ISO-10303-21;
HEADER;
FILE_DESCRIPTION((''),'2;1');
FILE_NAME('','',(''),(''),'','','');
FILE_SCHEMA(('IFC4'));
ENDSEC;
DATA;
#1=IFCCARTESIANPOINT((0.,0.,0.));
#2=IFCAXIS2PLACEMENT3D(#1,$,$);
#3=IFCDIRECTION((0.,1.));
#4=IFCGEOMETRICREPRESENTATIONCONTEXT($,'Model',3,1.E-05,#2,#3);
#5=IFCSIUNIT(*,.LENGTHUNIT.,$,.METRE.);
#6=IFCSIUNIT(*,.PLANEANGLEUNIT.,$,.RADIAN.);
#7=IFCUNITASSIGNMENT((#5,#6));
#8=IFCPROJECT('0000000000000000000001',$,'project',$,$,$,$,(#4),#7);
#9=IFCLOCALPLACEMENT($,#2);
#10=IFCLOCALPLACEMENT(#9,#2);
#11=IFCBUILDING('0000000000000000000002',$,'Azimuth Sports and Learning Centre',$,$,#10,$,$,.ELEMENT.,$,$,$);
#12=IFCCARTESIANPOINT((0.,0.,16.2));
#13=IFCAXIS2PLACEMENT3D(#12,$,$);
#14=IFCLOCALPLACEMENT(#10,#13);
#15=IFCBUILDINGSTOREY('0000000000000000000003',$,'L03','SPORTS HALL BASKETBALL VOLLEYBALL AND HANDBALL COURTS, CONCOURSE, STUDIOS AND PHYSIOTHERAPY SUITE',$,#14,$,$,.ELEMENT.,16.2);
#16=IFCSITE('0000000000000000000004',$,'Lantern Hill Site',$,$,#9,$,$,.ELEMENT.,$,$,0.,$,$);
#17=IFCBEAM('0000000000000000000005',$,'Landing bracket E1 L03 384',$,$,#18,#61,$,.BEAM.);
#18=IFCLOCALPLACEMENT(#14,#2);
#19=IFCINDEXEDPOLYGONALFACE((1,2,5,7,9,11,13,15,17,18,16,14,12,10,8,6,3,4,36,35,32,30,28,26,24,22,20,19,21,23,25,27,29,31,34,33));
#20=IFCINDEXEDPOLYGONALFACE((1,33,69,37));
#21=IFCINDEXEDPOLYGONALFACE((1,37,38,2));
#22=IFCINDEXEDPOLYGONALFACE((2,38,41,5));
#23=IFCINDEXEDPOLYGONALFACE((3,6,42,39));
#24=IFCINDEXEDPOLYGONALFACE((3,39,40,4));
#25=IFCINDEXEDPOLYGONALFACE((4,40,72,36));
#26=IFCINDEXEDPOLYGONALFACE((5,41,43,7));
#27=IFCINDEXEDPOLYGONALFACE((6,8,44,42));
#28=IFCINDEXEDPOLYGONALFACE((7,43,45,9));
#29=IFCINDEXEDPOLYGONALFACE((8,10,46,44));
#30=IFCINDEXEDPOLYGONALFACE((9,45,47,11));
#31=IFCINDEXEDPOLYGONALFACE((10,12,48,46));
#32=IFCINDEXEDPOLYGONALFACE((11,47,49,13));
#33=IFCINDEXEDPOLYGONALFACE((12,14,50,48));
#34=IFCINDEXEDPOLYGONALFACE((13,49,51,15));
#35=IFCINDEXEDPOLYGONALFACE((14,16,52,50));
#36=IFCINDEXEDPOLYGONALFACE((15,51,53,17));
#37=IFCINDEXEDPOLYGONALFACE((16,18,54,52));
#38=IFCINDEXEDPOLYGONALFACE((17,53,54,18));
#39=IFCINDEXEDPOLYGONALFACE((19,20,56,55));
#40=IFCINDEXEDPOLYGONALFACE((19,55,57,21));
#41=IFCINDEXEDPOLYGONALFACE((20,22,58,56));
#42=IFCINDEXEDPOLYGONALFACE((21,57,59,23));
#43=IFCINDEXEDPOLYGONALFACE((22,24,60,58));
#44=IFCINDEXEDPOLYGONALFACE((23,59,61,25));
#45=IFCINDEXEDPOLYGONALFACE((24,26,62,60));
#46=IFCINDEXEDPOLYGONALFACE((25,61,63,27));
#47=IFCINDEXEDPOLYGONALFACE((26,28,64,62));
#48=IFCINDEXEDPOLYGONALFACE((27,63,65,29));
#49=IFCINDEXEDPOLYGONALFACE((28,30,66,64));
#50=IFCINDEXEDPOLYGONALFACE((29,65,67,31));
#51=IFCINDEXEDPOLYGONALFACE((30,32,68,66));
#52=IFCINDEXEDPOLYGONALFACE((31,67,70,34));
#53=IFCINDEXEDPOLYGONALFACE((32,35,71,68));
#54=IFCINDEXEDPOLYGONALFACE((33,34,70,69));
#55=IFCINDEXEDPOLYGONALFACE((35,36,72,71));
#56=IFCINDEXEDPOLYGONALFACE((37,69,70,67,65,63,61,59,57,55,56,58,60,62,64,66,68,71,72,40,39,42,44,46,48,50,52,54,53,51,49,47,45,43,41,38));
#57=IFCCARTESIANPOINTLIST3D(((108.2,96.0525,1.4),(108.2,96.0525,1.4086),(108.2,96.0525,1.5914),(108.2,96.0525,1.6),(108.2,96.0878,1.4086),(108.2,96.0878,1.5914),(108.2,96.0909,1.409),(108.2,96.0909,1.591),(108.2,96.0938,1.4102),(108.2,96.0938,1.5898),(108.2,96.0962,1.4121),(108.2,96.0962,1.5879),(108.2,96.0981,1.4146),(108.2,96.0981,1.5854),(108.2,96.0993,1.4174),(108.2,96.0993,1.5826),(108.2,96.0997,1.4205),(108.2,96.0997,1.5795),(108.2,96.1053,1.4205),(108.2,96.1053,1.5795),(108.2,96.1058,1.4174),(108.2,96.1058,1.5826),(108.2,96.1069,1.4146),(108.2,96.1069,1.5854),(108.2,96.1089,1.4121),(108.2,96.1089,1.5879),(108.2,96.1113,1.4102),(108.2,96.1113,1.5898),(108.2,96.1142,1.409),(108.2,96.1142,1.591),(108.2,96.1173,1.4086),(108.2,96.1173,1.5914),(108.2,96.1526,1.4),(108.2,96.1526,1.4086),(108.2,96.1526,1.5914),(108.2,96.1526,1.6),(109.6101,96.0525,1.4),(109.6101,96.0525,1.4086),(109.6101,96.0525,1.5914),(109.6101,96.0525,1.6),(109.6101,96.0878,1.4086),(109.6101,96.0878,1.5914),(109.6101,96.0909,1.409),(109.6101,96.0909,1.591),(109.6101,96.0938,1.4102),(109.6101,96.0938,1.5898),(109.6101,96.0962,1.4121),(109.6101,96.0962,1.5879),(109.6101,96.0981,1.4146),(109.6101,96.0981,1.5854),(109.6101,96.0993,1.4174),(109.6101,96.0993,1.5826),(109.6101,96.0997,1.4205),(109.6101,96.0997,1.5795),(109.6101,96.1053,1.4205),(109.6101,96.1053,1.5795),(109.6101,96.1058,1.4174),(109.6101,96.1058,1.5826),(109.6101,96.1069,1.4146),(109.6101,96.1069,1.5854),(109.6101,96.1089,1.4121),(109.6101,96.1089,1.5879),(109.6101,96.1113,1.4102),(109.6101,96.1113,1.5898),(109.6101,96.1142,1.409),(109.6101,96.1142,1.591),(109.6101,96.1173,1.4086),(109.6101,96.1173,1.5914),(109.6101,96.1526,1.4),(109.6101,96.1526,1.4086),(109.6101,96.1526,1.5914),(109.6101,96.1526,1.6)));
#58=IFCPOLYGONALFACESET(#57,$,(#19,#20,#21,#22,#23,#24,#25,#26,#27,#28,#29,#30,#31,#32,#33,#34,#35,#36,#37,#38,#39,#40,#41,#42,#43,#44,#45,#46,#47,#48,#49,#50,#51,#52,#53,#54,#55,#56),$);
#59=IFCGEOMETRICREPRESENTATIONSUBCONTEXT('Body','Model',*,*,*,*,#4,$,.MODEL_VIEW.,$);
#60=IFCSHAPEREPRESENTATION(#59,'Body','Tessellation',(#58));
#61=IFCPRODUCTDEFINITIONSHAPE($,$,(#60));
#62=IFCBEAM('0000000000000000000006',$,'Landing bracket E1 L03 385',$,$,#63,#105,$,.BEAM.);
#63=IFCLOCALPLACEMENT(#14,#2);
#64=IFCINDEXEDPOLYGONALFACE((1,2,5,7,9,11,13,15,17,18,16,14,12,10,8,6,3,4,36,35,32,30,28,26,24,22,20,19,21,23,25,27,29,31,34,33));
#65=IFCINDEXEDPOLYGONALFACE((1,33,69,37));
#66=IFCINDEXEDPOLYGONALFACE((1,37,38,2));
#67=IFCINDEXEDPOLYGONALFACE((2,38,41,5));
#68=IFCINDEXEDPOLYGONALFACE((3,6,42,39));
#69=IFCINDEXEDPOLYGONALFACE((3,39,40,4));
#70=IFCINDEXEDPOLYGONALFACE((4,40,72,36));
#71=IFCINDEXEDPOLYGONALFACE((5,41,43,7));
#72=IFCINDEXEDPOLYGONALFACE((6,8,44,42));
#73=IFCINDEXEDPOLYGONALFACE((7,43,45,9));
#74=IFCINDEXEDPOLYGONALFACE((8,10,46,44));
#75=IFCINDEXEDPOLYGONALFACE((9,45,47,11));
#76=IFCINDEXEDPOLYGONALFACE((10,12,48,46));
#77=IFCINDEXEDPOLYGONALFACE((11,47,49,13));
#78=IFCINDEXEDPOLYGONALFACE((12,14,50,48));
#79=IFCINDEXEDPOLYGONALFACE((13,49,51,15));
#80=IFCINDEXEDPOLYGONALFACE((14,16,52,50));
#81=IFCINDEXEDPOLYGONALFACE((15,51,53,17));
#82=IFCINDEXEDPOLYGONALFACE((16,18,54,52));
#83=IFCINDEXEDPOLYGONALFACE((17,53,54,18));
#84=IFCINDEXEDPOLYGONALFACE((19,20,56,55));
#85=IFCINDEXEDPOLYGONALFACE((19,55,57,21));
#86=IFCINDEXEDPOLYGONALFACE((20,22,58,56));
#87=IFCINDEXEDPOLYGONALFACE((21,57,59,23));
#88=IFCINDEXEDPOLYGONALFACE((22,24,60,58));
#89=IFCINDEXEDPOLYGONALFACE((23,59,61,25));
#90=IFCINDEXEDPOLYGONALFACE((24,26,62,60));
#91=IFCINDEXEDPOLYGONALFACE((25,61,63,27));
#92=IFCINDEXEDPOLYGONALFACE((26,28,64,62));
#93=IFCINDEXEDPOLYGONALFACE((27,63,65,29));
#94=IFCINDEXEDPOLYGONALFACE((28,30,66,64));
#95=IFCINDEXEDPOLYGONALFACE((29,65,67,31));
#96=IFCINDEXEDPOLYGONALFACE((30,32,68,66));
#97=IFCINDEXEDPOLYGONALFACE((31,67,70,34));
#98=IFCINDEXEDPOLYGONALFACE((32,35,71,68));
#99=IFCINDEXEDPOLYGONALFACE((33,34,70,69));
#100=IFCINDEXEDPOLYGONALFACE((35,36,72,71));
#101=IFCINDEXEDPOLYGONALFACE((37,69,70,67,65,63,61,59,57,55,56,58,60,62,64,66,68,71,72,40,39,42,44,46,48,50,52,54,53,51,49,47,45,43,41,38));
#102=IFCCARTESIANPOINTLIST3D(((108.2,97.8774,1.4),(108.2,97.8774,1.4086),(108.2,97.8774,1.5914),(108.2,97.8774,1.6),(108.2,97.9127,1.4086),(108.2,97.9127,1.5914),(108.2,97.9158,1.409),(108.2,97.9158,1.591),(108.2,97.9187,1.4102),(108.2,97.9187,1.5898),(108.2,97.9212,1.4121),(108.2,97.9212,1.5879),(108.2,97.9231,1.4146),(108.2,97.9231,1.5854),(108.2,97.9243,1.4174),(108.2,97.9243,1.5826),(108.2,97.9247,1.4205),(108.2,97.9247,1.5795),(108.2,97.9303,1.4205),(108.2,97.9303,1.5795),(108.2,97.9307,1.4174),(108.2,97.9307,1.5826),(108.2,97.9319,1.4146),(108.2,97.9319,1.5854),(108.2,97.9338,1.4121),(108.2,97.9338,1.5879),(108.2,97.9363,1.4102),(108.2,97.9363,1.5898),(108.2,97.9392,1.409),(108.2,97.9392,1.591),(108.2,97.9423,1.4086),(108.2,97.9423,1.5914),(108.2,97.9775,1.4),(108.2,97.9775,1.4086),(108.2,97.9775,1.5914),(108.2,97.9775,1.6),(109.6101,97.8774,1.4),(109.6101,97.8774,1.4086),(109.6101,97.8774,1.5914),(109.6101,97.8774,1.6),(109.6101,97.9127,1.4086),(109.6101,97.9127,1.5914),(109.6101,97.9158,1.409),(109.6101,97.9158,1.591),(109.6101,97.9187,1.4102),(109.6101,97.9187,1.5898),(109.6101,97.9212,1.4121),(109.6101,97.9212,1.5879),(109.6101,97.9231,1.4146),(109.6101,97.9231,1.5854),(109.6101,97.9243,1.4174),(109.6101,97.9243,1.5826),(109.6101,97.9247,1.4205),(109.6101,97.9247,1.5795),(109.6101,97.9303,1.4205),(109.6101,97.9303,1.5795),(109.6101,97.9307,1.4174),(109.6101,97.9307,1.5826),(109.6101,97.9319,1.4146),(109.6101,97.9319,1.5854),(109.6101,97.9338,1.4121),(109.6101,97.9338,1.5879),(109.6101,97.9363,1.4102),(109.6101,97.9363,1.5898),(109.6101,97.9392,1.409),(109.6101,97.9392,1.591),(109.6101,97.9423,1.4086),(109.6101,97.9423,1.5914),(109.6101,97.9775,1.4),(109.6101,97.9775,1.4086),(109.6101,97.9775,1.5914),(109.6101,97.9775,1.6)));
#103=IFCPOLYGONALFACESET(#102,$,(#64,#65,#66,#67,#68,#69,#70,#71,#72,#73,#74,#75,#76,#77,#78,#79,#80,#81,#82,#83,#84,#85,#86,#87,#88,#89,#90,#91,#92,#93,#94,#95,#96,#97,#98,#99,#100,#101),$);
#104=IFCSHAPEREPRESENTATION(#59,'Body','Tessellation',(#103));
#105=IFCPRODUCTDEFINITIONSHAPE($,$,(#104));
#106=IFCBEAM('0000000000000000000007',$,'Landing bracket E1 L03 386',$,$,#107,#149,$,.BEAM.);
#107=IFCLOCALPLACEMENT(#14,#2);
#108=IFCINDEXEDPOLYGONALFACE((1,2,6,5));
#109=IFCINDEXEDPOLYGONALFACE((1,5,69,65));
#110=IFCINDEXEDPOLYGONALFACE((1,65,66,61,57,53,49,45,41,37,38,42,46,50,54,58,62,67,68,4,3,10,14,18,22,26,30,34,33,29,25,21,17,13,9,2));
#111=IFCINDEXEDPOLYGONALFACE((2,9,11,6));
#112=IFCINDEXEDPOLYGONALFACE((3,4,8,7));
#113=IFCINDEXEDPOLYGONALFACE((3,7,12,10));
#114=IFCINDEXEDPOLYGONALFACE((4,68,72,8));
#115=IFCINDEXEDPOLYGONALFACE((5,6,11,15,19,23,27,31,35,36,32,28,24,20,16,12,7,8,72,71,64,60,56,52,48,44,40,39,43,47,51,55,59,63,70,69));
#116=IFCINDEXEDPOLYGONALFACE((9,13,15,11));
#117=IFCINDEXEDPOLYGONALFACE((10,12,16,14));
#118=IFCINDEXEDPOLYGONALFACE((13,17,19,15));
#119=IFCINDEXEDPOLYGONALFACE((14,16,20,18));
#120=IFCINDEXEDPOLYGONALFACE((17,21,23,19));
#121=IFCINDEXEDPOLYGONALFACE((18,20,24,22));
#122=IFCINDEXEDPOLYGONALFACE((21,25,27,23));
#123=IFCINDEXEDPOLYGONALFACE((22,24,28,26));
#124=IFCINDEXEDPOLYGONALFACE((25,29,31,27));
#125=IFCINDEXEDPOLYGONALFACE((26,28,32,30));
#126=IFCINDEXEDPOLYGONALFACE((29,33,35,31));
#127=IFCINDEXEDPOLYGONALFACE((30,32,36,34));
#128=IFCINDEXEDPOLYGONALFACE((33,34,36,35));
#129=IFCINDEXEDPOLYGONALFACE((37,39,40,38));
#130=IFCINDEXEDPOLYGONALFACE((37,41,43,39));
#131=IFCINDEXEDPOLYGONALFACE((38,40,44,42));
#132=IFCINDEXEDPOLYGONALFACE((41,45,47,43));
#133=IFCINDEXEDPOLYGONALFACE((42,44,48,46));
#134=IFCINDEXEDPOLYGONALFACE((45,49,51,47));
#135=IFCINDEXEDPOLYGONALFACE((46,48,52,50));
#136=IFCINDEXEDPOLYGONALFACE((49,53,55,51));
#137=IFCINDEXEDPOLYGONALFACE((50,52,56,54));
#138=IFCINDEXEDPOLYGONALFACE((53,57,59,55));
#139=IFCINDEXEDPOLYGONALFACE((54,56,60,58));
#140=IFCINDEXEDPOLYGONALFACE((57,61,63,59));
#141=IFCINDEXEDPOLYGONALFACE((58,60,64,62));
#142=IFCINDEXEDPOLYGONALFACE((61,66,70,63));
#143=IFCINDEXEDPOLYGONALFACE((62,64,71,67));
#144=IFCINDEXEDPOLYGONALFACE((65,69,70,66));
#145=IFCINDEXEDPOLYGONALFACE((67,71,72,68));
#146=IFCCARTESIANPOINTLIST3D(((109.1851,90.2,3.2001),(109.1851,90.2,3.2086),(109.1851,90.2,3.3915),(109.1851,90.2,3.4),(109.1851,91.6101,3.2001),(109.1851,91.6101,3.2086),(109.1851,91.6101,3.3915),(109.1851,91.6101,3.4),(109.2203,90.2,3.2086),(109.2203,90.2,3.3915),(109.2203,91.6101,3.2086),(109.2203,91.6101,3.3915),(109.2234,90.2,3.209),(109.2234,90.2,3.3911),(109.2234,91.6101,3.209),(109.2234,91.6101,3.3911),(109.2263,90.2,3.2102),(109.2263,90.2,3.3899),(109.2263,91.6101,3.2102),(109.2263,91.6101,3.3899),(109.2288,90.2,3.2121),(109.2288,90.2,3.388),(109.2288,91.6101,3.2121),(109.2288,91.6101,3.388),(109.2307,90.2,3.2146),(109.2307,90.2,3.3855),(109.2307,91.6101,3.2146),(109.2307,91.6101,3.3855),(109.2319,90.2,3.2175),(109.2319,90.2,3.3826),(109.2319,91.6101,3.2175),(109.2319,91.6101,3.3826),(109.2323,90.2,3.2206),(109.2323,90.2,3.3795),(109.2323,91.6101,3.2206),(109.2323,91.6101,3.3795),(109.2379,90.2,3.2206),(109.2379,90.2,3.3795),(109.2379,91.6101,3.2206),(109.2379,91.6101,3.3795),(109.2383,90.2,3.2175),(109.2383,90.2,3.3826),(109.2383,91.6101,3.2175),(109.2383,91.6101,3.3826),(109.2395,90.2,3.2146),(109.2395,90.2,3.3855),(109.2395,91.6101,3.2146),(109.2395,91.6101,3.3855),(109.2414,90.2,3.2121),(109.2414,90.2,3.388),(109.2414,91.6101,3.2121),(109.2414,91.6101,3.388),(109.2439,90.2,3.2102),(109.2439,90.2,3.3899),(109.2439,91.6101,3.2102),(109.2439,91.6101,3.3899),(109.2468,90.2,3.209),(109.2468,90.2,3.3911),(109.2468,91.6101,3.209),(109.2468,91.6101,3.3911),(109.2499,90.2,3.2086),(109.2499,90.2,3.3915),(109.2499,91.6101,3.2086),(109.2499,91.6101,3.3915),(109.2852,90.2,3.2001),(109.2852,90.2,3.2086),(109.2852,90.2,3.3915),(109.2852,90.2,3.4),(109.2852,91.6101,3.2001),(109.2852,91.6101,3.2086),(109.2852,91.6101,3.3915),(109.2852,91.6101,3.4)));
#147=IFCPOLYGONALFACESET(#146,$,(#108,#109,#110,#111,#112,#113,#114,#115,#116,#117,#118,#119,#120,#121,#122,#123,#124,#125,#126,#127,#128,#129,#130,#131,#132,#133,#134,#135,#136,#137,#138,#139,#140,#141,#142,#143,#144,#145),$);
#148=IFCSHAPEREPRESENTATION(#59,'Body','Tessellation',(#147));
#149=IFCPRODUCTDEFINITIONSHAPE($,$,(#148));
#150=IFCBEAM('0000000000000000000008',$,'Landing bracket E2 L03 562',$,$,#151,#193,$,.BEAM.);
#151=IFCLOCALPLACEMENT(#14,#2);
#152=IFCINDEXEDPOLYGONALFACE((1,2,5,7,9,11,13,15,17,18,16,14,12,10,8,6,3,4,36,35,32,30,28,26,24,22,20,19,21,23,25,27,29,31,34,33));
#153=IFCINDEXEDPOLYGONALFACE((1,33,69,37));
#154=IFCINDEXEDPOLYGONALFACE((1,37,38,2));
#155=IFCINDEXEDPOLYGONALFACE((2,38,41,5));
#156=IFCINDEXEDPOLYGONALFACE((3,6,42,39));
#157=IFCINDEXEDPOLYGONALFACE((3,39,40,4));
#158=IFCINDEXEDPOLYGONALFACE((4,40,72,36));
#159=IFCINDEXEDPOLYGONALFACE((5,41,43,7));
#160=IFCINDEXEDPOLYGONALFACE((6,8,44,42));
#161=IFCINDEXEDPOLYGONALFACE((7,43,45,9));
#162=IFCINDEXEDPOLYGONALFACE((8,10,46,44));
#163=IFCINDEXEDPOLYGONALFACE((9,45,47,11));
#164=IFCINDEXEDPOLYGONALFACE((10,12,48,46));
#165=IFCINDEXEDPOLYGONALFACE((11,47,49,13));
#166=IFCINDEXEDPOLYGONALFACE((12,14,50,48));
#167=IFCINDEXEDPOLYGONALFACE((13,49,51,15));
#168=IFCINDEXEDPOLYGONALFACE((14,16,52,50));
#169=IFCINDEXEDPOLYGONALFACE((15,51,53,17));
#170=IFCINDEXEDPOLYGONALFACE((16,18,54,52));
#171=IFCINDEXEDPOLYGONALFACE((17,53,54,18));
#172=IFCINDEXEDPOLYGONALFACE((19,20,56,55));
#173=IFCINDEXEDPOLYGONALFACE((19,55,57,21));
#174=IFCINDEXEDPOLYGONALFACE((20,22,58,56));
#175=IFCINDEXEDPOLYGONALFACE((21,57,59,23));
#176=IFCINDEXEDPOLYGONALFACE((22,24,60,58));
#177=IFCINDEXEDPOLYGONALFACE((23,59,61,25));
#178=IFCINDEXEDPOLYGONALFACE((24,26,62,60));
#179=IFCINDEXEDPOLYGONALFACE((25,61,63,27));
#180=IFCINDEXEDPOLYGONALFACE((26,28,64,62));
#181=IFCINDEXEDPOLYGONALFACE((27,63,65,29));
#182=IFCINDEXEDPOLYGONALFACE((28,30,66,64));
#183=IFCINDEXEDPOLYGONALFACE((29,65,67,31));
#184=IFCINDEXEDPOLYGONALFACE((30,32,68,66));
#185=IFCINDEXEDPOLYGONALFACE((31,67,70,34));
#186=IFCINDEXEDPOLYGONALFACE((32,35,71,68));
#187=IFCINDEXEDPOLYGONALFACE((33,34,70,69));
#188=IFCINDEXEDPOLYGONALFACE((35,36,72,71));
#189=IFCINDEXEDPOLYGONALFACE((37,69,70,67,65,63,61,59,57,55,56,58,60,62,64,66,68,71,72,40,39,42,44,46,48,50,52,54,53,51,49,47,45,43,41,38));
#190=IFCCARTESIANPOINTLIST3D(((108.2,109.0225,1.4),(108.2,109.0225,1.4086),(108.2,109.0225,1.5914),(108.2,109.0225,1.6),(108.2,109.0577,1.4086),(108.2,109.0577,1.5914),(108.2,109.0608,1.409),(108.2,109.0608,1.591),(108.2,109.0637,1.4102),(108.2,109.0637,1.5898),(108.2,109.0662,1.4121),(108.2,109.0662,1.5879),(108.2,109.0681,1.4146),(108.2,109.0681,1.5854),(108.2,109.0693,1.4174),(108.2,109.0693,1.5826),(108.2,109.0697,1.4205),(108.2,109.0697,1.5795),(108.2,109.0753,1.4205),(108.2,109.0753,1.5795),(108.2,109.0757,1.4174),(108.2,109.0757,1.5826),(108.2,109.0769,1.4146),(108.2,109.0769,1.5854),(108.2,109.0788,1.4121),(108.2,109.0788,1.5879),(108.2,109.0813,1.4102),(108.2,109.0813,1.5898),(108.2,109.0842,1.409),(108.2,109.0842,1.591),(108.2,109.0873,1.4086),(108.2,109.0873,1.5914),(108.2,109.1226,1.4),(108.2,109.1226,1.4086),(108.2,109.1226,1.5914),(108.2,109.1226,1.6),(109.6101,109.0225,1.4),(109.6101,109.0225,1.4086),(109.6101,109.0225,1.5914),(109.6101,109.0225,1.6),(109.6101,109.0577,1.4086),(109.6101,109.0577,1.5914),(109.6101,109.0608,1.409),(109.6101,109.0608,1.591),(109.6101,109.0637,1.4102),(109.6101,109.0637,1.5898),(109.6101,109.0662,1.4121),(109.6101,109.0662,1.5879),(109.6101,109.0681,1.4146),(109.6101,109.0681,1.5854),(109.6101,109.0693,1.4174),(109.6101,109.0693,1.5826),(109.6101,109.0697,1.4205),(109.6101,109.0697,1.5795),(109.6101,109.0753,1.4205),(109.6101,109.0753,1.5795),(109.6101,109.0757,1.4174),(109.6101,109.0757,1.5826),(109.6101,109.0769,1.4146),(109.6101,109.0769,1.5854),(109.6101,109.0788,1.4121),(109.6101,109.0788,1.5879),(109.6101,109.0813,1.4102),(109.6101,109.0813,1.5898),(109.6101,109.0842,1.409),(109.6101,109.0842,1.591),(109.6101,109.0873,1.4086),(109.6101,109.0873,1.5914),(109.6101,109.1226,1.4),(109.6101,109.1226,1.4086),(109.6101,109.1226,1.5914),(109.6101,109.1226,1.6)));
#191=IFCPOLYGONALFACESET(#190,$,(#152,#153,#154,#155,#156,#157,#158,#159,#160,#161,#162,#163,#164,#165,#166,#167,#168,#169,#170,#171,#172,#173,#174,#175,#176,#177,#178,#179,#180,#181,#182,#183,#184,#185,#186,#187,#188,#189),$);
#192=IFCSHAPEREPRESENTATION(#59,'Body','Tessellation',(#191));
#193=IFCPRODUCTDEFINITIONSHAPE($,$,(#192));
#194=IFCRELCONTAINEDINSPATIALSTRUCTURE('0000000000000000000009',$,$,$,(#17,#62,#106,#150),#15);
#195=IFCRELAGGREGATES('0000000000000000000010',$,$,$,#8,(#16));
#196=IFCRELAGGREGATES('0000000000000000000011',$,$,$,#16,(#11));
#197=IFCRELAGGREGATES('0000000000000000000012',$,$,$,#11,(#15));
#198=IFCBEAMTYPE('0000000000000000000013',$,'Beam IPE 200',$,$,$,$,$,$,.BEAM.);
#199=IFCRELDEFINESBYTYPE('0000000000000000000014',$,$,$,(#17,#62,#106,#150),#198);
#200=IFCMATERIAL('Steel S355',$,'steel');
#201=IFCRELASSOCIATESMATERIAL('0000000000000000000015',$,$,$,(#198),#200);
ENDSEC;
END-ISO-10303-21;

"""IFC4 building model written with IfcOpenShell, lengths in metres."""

from ifc_helpers import new_model, si_unit, direction, frame, origin, origin_2d, place, context, subcontext, project, spatial, i_section, extrude, material, material_profile, profile_set, type_object, element, save


model = new_model("IFC4")

# Units and contexts
model_context = context("Model", 3, precision=1e-05, world=origin(), true_north=direction((0.0, 1.0)))
body_context = subcontext(model_context, "Body", "Model", "MODEL_VIEW")
ifc_project = project(units=[si_unit("LENGTHUNIT", "METRE"), si_unit("PLANEANGLEUNIT", "RADIAN")], contexts=[model_context])

# Site, building, storey
site_placement = place(None, origin())
site = spatial("IfcSite", under=ifc_project, at=site_placement, Name="Lantern Hill Site", CompositionType="ELEMENT", RefElevation=0.0)
building_placement = place(site_placement, origin())
building = spatial("IfcBuilding", under=site, at=building_placement, Name="Azimuth Sports and Learning Centre", CompositionType="ELEMENT")
storey_placement = place(building_placement, frame((0.0, 0.0, 16.2)))
storey = spatial("IfcBuildingStorey", under=building, at=storey_placement, Name="L03", Description="SPORTS HALL BASKETBALL VOLLEYBALL AND HANDBALL COURTS, CONCOURSE, STUDIOS AND PHYSIOTHERAPY SUITE", CompositionType="ELEMENT", Elevation=16.2)

# Beams
ifc_material_1 = material(Name="Steel S355", Category="steel")
ifc_material_profile_1 = material_profile(ifc_material_1, i_section(OverallWidth=0.1001, OverallDepth=0.2, WebThickness=0.0056, FlangeThickness=0.0085, FilletRadius=0.012, at=origin_2d()), Name="IPE 200")
ifc_profile_set_1 = profile_set([ifc_material_profile_1], Name="Steel S355")
beam_type_1 = type_object("IfcBeamType", Name="Beam IPE 200", PredefinedType="BEAM", material=ifc_profile_set_1)
for number, where, z_axis, x_axis, name in (
    (1, (108.2, 96.1025, 1.5), (1.0, 0.0, 0.0), (0.0, 1.0, 0.0), "Landing bracket E1 L03 384"),
    (2, (108.2, 97.9275, 1.5), (1.0, 0.0, 0.0), (0.0, 1.0, 0.0), "Landing bracket E1 L03 385"),
    (3, (109.2351, 90.2, 3.3), (0.0, 1.0, 0.0), (-1.0, 0.0, 0.0), "Landing bracket E1 L03 386"),
    (4, (108.2, 109.0725, 1.5), (1.0, 0.0, 0.0), (0.0, 1.0, 0.0), "Landing bracket E2 L03 562"),
):
    element("IfcBeam", number, at=place(storey_placement, frame(where, z_axis=z_axis, x_axis=x_axis)), inside=storey, type_object=beam_type_1, Name=name, PredefinedType="BEAM", context=body_context, shape_type="SweptSolid", body=[
        extrude(i_section(OverallWidth=0.1001, OverallDepth=0.2, WebThickness=0.0056, FlangeThickness=0.0085, FilletRadius=0.012, at=origin_2d()), origin(), (0.0, 0.0, 1.0), 1.4102),
    ])

save(model, "model.ifc")
